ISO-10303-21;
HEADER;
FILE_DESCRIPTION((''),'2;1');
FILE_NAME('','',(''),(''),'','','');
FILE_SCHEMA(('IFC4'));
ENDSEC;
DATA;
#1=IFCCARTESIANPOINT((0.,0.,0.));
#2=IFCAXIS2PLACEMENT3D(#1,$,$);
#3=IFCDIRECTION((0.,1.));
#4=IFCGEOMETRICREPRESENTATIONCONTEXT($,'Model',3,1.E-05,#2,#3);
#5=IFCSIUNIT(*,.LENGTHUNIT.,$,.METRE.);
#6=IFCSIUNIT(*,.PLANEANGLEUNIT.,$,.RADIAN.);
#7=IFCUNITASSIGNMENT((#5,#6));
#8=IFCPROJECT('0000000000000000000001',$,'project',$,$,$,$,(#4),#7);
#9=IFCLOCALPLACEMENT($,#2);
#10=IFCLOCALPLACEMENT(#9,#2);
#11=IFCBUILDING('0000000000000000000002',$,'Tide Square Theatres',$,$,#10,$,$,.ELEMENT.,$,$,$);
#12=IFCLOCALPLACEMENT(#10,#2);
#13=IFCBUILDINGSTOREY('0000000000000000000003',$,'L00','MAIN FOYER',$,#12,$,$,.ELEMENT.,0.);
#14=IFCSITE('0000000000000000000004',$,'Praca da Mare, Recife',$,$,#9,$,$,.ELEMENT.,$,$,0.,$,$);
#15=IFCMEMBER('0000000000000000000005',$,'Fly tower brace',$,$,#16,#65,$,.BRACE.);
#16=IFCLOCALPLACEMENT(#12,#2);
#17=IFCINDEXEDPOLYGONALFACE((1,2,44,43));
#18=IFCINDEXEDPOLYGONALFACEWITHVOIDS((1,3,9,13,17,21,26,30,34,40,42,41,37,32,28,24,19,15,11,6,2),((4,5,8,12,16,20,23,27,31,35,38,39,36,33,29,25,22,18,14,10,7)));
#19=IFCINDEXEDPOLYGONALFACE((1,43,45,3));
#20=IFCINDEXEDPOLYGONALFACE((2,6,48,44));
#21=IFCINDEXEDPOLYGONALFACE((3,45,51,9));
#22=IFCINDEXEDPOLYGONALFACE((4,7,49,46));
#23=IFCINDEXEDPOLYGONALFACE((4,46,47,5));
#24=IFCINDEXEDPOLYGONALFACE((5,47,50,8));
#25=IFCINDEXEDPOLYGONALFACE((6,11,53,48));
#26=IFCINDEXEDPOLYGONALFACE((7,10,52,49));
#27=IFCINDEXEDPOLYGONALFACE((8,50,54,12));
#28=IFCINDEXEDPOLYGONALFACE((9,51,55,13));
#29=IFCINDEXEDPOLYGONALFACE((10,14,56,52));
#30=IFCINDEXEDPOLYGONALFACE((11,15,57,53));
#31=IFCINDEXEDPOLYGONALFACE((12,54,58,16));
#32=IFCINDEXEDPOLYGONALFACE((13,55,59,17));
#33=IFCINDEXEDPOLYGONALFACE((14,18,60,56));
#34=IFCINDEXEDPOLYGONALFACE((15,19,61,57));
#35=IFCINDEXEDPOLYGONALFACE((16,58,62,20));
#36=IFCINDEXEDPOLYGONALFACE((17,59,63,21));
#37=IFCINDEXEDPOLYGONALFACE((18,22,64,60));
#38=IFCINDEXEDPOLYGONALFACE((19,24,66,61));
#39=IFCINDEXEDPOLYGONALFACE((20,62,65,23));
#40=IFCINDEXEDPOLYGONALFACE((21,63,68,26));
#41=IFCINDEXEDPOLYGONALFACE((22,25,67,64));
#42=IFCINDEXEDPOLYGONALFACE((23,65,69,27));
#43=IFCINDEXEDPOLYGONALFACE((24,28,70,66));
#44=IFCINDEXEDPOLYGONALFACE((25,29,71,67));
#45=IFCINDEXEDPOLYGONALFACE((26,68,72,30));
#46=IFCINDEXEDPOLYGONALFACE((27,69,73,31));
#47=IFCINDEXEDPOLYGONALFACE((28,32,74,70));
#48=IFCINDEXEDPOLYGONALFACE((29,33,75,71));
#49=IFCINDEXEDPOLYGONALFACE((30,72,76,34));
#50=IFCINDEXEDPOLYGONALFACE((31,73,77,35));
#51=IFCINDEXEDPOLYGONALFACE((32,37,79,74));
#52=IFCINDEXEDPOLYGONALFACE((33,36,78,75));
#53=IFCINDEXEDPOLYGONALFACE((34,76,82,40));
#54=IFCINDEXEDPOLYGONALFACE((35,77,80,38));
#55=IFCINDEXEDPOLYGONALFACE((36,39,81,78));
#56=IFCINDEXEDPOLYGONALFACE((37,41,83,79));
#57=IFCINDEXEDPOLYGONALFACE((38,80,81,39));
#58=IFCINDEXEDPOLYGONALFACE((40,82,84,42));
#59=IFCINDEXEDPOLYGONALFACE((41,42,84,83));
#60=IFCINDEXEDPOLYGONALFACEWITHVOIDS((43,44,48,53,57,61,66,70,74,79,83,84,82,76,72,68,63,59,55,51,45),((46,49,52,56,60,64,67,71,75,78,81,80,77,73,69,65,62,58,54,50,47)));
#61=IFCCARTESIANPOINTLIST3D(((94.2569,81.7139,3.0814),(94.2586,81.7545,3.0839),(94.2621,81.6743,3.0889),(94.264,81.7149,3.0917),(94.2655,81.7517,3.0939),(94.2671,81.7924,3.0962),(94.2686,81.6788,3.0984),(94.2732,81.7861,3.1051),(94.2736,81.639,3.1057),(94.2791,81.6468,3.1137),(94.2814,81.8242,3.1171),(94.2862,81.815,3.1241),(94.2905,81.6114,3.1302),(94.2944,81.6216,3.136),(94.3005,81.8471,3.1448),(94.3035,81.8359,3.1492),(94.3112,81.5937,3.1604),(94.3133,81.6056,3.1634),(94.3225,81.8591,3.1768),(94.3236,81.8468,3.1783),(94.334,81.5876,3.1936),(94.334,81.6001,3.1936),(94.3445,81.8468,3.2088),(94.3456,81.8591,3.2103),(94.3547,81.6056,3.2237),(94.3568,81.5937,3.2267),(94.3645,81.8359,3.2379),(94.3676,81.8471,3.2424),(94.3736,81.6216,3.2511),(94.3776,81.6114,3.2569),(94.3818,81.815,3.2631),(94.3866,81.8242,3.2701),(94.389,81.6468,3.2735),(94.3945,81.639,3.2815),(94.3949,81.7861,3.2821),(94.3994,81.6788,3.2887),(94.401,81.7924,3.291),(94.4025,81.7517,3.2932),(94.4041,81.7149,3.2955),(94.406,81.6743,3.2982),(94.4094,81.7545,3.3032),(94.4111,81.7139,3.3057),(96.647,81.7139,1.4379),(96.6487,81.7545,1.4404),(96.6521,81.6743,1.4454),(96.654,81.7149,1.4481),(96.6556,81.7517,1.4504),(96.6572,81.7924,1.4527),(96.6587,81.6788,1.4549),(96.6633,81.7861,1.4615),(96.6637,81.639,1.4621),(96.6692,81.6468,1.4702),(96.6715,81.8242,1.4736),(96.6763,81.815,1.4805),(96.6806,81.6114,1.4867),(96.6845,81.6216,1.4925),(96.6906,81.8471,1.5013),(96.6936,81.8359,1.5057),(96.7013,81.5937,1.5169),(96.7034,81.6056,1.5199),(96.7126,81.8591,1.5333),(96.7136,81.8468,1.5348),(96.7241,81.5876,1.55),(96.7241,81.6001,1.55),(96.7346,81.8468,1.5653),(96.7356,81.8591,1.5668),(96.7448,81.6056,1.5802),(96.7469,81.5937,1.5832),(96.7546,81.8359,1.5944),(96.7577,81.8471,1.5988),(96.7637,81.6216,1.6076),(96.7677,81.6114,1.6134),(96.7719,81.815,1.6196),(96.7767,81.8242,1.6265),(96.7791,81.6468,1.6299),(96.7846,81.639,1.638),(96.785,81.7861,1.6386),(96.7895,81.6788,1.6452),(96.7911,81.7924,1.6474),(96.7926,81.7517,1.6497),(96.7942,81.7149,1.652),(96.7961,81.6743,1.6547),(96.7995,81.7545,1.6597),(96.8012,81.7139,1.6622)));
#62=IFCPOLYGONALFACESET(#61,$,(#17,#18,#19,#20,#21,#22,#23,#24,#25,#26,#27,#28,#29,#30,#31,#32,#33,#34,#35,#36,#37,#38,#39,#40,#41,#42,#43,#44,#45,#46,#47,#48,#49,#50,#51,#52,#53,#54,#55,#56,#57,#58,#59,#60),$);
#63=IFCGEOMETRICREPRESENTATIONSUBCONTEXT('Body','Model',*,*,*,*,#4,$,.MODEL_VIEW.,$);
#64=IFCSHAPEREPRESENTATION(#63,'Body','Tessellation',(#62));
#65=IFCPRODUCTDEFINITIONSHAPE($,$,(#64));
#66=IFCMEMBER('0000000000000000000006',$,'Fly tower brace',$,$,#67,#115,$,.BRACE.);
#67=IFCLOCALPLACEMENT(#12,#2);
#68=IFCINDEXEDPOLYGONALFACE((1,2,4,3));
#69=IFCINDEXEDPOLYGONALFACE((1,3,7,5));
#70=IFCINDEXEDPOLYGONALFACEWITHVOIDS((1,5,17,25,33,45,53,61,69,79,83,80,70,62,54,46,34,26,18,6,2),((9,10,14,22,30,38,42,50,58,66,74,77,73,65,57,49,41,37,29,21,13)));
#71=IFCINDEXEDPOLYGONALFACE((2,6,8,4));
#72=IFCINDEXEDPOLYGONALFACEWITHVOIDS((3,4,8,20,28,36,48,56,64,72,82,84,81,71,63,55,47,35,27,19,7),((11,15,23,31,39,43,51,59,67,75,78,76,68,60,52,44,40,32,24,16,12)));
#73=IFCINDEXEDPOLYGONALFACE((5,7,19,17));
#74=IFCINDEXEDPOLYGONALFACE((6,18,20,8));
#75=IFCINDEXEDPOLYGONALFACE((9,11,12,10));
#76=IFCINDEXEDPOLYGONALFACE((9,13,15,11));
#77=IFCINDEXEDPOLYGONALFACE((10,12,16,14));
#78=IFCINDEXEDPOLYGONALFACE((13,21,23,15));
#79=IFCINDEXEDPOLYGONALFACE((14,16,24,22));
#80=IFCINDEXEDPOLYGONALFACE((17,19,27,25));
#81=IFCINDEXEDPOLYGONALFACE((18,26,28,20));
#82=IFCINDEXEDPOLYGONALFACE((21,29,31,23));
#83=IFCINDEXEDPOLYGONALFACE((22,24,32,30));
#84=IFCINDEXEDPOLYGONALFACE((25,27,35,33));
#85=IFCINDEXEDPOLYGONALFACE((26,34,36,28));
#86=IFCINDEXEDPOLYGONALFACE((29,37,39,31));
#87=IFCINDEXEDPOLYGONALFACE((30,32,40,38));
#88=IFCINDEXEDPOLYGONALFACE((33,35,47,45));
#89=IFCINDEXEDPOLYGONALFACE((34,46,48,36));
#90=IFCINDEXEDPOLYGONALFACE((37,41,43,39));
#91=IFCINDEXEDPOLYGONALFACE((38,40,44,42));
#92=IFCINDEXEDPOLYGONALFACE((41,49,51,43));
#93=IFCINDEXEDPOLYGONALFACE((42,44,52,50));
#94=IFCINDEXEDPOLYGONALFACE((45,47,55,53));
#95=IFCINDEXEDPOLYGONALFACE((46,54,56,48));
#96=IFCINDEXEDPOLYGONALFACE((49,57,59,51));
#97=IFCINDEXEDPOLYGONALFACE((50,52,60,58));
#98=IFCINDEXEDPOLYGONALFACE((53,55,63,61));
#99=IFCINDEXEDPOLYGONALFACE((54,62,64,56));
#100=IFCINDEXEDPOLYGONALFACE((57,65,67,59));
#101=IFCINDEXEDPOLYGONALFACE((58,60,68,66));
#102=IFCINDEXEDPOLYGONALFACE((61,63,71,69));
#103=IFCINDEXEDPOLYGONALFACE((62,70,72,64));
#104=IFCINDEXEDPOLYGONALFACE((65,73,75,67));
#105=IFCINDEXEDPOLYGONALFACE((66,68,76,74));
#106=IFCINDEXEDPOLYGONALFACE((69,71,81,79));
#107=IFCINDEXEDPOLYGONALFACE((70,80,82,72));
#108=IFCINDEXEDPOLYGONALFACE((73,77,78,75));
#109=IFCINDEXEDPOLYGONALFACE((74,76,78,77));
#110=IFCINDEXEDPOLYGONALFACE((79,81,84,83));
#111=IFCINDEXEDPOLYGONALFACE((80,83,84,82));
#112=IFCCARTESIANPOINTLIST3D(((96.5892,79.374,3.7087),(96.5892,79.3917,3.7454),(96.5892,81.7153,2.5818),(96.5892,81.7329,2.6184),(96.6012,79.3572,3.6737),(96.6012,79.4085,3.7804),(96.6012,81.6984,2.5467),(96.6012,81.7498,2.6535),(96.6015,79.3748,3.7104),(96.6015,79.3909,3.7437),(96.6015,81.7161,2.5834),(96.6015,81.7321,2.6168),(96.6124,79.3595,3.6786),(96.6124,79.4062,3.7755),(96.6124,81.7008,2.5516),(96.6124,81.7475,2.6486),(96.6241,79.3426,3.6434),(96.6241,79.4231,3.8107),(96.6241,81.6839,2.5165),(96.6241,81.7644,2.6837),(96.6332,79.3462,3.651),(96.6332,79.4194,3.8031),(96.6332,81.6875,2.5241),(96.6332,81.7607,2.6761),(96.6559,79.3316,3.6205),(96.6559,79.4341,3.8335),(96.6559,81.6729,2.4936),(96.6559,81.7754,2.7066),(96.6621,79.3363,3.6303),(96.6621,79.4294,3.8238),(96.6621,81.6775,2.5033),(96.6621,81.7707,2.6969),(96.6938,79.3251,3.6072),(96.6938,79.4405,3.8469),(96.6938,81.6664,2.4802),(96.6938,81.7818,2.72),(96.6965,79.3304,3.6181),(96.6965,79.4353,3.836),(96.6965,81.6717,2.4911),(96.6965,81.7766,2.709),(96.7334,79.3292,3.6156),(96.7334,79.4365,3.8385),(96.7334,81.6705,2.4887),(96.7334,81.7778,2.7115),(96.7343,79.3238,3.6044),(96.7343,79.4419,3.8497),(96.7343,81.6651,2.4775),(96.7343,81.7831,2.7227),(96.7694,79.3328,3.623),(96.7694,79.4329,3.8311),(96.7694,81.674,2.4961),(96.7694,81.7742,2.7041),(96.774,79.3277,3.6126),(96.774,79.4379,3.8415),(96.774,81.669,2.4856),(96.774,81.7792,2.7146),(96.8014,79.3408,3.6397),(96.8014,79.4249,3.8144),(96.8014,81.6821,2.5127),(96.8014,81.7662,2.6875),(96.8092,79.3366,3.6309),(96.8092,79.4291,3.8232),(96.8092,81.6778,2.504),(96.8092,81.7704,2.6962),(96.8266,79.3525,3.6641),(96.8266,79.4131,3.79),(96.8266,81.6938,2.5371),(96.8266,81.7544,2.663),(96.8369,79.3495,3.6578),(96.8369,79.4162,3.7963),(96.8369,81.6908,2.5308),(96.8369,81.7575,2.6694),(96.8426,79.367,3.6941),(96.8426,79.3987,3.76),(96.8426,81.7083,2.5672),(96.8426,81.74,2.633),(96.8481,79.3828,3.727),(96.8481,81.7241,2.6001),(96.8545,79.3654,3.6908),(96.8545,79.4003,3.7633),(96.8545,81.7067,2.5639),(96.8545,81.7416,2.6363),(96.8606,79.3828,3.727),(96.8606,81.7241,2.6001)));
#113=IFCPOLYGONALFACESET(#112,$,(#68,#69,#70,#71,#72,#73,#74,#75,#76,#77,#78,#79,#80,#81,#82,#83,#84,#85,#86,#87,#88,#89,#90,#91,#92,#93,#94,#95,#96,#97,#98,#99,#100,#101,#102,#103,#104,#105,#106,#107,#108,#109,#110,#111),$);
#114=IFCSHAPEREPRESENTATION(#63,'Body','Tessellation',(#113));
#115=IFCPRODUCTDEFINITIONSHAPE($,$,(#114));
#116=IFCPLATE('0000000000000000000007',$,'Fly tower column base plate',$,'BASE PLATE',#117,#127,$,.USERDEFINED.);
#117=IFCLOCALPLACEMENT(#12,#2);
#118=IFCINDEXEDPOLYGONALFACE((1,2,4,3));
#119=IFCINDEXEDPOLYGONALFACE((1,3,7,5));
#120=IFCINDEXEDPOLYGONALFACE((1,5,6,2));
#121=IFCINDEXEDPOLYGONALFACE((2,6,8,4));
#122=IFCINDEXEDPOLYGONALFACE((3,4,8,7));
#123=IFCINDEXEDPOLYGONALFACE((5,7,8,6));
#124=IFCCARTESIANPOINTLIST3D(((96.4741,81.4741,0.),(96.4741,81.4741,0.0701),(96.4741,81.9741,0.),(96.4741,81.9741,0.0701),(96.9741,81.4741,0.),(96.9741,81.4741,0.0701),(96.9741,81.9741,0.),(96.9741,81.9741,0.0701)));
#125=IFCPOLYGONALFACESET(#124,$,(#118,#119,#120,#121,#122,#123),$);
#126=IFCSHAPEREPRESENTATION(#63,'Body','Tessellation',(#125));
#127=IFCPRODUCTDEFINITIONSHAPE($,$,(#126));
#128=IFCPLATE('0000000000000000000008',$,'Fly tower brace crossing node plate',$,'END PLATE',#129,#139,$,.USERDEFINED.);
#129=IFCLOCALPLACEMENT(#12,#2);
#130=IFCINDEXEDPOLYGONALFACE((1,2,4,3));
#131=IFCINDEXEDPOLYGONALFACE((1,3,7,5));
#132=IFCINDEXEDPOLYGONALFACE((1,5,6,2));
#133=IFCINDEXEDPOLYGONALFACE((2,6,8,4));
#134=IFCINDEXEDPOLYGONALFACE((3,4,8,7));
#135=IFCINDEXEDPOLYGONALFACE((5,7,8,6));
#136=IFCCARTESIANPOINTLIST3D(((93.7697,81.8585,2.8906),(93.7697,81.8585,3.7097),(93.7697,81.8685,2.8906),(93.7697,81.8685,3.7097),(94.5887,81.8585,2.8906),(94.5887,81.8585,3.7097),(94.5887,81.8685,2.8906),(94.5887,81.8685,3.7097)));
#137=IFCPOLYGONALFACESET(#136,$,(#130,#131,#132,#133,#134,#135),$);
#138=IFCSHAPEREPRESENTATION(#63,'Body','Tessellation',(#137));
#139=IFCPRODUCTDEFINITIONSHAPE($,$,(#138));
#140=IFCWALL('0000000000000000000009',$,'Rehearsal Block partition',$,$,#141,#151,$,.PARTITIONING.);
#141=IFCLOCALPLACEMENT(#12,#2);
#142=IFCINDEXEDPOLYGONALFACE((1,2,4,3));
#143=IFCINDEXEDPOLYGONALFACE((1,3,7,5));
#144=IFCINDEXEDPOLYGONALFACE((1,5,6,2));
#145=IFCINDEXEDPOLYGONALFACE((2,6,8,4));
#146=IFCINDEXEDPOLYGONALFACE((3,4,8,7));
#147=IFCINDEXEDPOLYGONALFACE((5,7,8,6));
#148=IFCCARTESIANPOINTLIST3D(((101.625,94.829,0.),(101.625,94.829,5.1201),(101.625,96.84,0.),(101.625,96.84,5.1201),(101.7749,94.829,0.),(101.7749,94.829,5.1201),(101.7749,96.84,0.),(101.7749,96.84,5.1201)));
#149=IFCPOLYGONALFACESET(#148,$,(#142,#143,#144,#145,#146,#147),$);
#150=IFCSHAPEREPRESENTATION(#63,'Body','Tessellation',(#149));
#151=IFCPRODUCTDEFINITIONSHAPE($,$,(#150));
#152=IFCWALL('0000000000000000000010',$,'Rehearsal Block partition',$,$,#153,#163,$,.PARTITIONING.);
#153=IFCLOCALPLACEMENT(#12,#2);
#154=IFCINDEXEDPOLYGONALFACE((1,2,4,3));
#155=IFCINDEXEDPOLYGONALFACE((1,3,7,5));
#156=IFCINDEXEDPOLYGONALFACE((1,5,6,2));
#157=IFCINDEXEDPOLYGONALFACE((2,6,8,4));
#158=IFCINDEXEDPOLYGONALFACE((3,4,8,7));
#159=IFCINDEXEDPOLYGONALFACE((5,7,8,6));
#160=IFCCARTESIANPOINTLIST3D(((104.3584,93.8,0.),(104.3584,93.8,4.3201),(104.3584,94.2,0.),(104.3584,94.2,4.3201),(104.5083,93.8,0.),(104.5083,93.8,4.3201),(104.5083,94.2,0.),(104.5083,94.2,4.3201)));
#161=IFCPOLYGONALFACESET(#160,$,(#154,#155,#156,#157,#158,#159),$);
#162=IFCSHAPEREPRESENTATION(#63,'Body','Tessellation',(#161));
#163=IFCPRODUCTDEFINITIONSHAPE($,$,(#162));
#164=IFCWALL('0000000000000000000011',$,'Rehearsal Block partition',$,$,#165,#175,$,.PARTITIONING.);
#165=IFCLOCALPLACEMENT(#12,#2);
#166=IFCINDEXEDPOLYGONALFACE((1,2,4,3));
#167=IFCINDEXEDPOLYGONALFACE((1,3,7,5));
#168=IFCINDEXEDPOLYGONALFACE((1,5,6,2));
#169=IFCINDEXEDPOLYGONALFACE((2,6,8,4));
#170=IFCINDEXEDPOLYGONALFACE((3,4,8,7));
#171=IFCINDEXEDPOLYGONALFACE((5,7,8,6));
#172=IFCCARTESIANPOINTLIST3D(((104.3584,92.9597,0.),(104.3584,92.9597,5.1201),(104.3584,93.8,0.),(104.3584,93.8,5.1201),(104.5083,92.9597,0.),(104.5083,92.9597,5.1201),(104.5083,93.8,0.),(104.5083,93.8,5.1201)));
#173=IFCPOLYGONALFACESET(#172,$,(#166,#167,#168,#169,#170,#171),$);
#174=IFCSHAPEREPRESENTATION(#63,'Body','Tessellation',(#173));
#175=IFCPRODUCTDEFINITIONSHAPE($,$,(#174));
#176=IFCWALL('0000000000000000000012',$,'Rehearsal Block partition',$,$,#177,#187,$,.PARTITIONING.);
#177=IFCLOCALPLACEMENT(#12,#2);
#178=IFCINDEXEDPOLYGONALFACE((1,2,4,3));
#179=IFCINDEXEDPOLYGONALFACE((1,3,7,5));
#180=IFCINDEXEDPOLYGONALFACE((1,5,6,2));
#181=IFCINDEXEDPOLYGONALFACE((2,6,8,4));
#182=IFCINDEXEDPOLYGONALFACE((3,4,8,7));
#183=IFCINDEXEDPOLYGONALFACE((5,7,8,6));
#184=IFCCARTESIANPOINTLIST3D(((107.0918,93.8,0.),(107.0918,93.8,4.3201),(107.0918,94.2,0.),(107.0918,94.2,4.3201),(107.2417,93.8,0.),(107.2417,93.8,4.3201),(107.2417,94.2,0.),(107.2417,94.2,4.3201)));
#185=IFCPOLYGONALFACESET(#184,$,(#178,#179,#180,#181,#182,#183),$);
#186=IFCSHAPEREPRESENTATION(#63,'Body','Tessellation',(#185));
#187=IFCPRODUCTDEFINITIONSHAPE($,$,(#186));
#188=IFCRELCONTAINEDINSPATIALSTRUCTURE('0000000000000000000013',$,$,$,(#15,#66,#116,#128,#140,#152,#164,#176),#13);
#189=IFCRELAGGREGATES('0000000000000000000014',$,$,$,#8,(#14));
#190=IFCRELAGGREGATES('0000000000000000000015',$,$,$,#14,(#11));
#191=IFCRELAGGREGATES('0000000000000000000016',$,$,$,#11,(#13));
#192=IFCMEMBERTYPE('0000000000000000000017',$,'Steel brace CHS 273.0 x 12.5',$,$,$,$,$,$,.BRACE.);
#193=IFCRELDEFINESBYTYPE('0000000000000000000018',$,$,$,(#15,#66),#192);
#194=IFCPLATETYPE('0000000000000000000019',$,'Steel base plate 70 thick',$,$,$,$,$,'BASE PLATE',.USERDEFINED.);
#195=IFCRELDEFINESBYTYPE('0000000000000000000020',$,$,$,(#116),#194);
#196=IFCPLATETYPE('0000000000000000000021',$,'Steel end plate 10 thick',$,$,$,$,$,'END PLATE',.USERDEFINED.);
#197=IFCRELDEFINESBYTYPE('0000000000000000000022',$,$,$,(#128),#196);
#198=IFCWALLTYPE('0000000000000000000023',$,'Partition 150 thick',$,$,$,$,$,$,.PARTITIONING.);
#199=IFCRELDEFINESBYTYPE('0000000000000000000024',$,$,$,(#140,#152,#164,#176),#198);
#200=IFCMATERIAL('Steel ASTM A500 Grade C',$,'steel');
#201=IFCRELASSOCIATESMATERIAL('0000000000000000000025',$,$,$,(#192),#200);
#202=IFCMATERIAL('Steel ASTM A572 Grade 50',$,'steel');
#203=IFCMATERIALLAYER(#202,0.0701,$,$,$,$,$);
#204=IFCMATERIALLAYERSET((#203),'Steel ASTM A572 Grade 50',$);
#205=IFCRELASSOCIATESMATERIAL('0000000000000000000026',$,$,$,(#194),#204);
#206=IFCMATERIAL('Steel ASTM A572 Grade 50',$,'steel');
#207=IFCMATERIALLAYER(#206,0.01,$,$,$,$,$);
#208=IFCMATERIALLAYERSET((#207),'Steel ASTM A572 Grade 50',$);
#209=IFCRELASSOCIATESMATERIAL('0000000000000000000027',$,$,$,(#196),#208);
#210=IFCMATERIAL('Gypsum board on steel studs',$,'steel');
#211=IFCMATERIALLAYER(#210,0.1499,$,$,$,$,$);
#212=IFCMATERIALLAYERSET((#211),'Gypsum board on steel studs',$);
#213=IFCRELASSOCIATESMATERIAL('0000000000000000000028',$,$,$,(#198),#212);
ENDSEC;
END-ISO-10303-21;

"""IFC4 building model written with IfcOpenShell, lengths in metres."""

from ifc_helpers import new_model, si_unit, direction, frame, frame_2d, origin, origin_2d, place, context, subcontext, project, spatial, rectangle, hollow_circle, extrude, material, layer, layer_set, material_profile, profile_set, type_object, element, save


model = new_model("IFC4")

# Units and contexts
model_context = context("Model", 3, precision=1e-05, world=origin(), true_north=direction((0.0, 1.0)))
body_context = subcontext(model_context, "Body", "Model", "MODEL_VIEW")
ifc_project = project(units=[si_unit("LENGTHUNIT", "METRE"), si_unit("PLANEANGLEUNIT", "RADIAN")], contexts=[model_context])

# Site, building, storey
site_placement = place(None, origin())
site = spatial("IfcSite", under=ifc_project, at=site_placement, Name="Praca da Mare, Recife", CompositionType="ELEMENT", RefElevation=0.0)
building_placement = place(site_placement, origin())
building = spatial("IfcBuilding", under=site, at=building_placement, Name="Tide Square Theatres", CompositionType="ELEMENT")
storey_placement = place(building_placement, origin())
storey = spatial("IfcBuildingStorey", under=building, at=storey_placement, Name="L00", Description="MAIN FOYER", CompositionType="ELEMENT", Elevation=0.0)

# Members
ifc_material_1 = material(Name="Steel ASTM A500 Grade C", Category="steel")
ifc_material_profile_1 = material_profile(ifc_material_1, hollow_circle(Radius=0.1365, WallThickness=0.0125, at=origin_2d()))
ifc_profile_set_1 = profile_set([ifc_material_profile_1], Name="Steel ASTM A500 Grade C")
member_type = type_object("IfcMemberType", Name="Steel brace CHS 273.0 x 12.5", PredefinedType="BRACE", material=ifc_profile_set_1)
member_1_placement = place(storey_placement, frame((96.7241, 81.7241, 1.55), z_axis=(-0.823988, 0.0, 0.566607), x_axis=(0.0, -1.0, 0.0)))
element("IfcMember", 1, at=member_1_placement, inside=storey, type_object=member_type, Name="Fly tower brace", PredefinedType="BRACE", context=body_context, shape_type="SweptSolid", body=[
    extrude(hollow_circle(Radius=0.1365, WallThickness=0.0125, at=origin_2d()), origin(), (0.0, 0.0, 1.0), 2.9006),
])
member_2_placement = place(storey_placement, frame((96.7241, 81.7241, 2.6001), z_axis=(0.0, -0.901053, 0.433708), x_axis=(1.0, 0.0, 0.0)))
element("IfcMember", 2, at=member_2_placement, inside=storey, type_object=member_type, Name="Fly tower brace", PredefinedType="BRACE", context=body_context, shape_type="SweptSolid", body=[
    extrude(hollow_circle(Radius=0.1365, WallThickness=0.0125, at=origin_2d()), origin(), (0.0, 0.0, 1.0), 2.5984),
])

# Plates
ifc_material_2 = material(Name="Steel ASTM A572 Grade 50", Category="steel")
ifc_layer_1 = layer(ifc_material_2, 0.0701)
ifc_layer_set_1 = layer_set([ifc_layer_1], Name="Steel ASTM A572 Grade 50")
plate_type_1 = type_object("IfcPlateType", Name="Steel base plate 70 thick", ElementType="BASE PLATE", PredefinedType="USERDEFINED", material=ifc_layer_set_1)
plate_1_placement = place(storey_placement, frame((96.7241, 81.7241, 0.0), z_axis=(0.0, 0.0, 1.0), x_axis=(1.0, 0.0, 0.0)))
element("IfcPlate", 3, at=plate_1_placement, inside=storey, type_object=plate_type_1, Name="Fly tower column base plate", ObjectType="BASE PLATE", PredefinedType="USERDEFINED", context=body_context, shape_type="SweptSolid", body=[
    extrude(rectangle(XDim=0.5, YDim=0.5, at=origin_2d()), origin(), (0.0, 0.0, 1.0), 0.0701),
])
ifc_material_3 = material(Name="Steel ASTM A572 Grade 50", Category="steel")
ifc_layer_2 = layer(ifc_material_3, 0.01)
ifc_layer_set_2 = layer_set([ifc_layer_2], Name="Steel ASTM A572 Grade 50")
plate_type_2 = type_object("IfcPlateType", Name="Steel end plate 10 thick", ElementType="END PLATE", PredefinedType="USERDEFINED", material=ifc_layer_set_2)
plate_2_placement = place(storey_placement, frame((94.1792, 81.8635, 2.8906), z_axis=(0.0, 0.0, 1.0), x_axis=(0.0, 1.0, 0.0)))
element("IfcPlate", 4, at=plate_2_placement, inside=storey, type_object=plate_type_2, Name="Fly tower brace crossing node plate", ObjectType="END PLATE", PredefinedType="USERDEFINED", context=body_context, shape_type="SweptSolid", body=[
    extrude(rectangle(XDim=0.01, YDim=0.8191, at=origin_2d()), origin(), (0.0, 0.0, 1.0), 0.8191),
])

# Walls
ifc_material_4 = material(Name="Gypsum board on steel studs", Category="steel")
ifc_layer_3 = layer(ifc_material_4, 0.1499)
ifc_layer_set_3 = layer_set([ifc_layer_3], Name="Gypsum board on steel studs")
wall_type_1 = type_object("IfcWallType", Name="Partition 150 thick", PredefinedType="PARTITIONING", material=ifc_layer_set_3)
wall_1_placement = place(storey_placement, frame((101.7, 94.8291, 0.0), z_axis=(0.0, 0.0, 1.0), x_axis=(0.0, 1.0, 0.0)))
element("IfcWall", 5, at=wall_1_placement, inside=storey, type_object=wall_type_1, Name="Rehearsal Block partition", PredefinedType="PARTITIONING", context=body_context, shape_type="SweptSolid", body=[
    extrude(rectangle(XDim=2.011, YDim=0.1499, at=frame_2d((1.0054, 0.0))), origin(), (0.0, 0.0, 1.0), 5.1201),
])
wall_2_placement = place(storey_placement, frame((104.4333, 94.2, 0.0), z_axis=(0.0, 0.0, 1.0), x_axis=(0.0, -1.0, 0.0)))
element("IfcWall", 6, at=wall_2_placement, inside=storey, type_object=wall_type_1, Name="Rehearsal Block partition", PredefinedType="PARTITIONING", context=body_context, shape_type="SweptSolid", body=[
    extrude(rectangle(XDim=0.3999, YDim=0.1499, at=frame_2d((0.2, 0.0))), origin(), (0.0, 0.0, 1.0), 4.3201),
])
wall_3_placement = place(storey_placement, frame((104.4333, 93.8, 0.0), z_axis=(0.0, 0.0, 1.0), x_axis=(0.0, -1.0, 0.0)))
element("IfcWall", 7, at=wall_3_placement, inside=storey, type_object=wall_type_1, Name="Rehearsal Block partition", PredefinedType="PARTITIONING", context=body_context, shape_type="SweptSolid", body=[
    extrude(rectangle(XDim=0.8403, YDim=0.1499, at=frame_2d((0.4202, 0.0))), origin(), (0.0, 0.0, 1.0), 5.1201),
])
wall_4_placement = place(storey_placement, frame((107.1667, 94.2, 0.0), z_axis=(0.0, 0.0, 1.0), x_axis=(0.0, -1.0, 0.0)))
element("IfcWall", 8, at=wall_4_placement, inside=storey, type_object=wall_type_1, Name="Rehearsal Block partition", PredefinedType="PARTITIONING", context=body_context, shape_type="SweptSolid", body=[
    extrude(rectangle(XDim=0.3999, YDim=0.1499, at=frame_2d((0.2, 0.0))), origin(), (0.0, 0.0, 1.0), 4.3201),
])

save(model, "model.ifc")
